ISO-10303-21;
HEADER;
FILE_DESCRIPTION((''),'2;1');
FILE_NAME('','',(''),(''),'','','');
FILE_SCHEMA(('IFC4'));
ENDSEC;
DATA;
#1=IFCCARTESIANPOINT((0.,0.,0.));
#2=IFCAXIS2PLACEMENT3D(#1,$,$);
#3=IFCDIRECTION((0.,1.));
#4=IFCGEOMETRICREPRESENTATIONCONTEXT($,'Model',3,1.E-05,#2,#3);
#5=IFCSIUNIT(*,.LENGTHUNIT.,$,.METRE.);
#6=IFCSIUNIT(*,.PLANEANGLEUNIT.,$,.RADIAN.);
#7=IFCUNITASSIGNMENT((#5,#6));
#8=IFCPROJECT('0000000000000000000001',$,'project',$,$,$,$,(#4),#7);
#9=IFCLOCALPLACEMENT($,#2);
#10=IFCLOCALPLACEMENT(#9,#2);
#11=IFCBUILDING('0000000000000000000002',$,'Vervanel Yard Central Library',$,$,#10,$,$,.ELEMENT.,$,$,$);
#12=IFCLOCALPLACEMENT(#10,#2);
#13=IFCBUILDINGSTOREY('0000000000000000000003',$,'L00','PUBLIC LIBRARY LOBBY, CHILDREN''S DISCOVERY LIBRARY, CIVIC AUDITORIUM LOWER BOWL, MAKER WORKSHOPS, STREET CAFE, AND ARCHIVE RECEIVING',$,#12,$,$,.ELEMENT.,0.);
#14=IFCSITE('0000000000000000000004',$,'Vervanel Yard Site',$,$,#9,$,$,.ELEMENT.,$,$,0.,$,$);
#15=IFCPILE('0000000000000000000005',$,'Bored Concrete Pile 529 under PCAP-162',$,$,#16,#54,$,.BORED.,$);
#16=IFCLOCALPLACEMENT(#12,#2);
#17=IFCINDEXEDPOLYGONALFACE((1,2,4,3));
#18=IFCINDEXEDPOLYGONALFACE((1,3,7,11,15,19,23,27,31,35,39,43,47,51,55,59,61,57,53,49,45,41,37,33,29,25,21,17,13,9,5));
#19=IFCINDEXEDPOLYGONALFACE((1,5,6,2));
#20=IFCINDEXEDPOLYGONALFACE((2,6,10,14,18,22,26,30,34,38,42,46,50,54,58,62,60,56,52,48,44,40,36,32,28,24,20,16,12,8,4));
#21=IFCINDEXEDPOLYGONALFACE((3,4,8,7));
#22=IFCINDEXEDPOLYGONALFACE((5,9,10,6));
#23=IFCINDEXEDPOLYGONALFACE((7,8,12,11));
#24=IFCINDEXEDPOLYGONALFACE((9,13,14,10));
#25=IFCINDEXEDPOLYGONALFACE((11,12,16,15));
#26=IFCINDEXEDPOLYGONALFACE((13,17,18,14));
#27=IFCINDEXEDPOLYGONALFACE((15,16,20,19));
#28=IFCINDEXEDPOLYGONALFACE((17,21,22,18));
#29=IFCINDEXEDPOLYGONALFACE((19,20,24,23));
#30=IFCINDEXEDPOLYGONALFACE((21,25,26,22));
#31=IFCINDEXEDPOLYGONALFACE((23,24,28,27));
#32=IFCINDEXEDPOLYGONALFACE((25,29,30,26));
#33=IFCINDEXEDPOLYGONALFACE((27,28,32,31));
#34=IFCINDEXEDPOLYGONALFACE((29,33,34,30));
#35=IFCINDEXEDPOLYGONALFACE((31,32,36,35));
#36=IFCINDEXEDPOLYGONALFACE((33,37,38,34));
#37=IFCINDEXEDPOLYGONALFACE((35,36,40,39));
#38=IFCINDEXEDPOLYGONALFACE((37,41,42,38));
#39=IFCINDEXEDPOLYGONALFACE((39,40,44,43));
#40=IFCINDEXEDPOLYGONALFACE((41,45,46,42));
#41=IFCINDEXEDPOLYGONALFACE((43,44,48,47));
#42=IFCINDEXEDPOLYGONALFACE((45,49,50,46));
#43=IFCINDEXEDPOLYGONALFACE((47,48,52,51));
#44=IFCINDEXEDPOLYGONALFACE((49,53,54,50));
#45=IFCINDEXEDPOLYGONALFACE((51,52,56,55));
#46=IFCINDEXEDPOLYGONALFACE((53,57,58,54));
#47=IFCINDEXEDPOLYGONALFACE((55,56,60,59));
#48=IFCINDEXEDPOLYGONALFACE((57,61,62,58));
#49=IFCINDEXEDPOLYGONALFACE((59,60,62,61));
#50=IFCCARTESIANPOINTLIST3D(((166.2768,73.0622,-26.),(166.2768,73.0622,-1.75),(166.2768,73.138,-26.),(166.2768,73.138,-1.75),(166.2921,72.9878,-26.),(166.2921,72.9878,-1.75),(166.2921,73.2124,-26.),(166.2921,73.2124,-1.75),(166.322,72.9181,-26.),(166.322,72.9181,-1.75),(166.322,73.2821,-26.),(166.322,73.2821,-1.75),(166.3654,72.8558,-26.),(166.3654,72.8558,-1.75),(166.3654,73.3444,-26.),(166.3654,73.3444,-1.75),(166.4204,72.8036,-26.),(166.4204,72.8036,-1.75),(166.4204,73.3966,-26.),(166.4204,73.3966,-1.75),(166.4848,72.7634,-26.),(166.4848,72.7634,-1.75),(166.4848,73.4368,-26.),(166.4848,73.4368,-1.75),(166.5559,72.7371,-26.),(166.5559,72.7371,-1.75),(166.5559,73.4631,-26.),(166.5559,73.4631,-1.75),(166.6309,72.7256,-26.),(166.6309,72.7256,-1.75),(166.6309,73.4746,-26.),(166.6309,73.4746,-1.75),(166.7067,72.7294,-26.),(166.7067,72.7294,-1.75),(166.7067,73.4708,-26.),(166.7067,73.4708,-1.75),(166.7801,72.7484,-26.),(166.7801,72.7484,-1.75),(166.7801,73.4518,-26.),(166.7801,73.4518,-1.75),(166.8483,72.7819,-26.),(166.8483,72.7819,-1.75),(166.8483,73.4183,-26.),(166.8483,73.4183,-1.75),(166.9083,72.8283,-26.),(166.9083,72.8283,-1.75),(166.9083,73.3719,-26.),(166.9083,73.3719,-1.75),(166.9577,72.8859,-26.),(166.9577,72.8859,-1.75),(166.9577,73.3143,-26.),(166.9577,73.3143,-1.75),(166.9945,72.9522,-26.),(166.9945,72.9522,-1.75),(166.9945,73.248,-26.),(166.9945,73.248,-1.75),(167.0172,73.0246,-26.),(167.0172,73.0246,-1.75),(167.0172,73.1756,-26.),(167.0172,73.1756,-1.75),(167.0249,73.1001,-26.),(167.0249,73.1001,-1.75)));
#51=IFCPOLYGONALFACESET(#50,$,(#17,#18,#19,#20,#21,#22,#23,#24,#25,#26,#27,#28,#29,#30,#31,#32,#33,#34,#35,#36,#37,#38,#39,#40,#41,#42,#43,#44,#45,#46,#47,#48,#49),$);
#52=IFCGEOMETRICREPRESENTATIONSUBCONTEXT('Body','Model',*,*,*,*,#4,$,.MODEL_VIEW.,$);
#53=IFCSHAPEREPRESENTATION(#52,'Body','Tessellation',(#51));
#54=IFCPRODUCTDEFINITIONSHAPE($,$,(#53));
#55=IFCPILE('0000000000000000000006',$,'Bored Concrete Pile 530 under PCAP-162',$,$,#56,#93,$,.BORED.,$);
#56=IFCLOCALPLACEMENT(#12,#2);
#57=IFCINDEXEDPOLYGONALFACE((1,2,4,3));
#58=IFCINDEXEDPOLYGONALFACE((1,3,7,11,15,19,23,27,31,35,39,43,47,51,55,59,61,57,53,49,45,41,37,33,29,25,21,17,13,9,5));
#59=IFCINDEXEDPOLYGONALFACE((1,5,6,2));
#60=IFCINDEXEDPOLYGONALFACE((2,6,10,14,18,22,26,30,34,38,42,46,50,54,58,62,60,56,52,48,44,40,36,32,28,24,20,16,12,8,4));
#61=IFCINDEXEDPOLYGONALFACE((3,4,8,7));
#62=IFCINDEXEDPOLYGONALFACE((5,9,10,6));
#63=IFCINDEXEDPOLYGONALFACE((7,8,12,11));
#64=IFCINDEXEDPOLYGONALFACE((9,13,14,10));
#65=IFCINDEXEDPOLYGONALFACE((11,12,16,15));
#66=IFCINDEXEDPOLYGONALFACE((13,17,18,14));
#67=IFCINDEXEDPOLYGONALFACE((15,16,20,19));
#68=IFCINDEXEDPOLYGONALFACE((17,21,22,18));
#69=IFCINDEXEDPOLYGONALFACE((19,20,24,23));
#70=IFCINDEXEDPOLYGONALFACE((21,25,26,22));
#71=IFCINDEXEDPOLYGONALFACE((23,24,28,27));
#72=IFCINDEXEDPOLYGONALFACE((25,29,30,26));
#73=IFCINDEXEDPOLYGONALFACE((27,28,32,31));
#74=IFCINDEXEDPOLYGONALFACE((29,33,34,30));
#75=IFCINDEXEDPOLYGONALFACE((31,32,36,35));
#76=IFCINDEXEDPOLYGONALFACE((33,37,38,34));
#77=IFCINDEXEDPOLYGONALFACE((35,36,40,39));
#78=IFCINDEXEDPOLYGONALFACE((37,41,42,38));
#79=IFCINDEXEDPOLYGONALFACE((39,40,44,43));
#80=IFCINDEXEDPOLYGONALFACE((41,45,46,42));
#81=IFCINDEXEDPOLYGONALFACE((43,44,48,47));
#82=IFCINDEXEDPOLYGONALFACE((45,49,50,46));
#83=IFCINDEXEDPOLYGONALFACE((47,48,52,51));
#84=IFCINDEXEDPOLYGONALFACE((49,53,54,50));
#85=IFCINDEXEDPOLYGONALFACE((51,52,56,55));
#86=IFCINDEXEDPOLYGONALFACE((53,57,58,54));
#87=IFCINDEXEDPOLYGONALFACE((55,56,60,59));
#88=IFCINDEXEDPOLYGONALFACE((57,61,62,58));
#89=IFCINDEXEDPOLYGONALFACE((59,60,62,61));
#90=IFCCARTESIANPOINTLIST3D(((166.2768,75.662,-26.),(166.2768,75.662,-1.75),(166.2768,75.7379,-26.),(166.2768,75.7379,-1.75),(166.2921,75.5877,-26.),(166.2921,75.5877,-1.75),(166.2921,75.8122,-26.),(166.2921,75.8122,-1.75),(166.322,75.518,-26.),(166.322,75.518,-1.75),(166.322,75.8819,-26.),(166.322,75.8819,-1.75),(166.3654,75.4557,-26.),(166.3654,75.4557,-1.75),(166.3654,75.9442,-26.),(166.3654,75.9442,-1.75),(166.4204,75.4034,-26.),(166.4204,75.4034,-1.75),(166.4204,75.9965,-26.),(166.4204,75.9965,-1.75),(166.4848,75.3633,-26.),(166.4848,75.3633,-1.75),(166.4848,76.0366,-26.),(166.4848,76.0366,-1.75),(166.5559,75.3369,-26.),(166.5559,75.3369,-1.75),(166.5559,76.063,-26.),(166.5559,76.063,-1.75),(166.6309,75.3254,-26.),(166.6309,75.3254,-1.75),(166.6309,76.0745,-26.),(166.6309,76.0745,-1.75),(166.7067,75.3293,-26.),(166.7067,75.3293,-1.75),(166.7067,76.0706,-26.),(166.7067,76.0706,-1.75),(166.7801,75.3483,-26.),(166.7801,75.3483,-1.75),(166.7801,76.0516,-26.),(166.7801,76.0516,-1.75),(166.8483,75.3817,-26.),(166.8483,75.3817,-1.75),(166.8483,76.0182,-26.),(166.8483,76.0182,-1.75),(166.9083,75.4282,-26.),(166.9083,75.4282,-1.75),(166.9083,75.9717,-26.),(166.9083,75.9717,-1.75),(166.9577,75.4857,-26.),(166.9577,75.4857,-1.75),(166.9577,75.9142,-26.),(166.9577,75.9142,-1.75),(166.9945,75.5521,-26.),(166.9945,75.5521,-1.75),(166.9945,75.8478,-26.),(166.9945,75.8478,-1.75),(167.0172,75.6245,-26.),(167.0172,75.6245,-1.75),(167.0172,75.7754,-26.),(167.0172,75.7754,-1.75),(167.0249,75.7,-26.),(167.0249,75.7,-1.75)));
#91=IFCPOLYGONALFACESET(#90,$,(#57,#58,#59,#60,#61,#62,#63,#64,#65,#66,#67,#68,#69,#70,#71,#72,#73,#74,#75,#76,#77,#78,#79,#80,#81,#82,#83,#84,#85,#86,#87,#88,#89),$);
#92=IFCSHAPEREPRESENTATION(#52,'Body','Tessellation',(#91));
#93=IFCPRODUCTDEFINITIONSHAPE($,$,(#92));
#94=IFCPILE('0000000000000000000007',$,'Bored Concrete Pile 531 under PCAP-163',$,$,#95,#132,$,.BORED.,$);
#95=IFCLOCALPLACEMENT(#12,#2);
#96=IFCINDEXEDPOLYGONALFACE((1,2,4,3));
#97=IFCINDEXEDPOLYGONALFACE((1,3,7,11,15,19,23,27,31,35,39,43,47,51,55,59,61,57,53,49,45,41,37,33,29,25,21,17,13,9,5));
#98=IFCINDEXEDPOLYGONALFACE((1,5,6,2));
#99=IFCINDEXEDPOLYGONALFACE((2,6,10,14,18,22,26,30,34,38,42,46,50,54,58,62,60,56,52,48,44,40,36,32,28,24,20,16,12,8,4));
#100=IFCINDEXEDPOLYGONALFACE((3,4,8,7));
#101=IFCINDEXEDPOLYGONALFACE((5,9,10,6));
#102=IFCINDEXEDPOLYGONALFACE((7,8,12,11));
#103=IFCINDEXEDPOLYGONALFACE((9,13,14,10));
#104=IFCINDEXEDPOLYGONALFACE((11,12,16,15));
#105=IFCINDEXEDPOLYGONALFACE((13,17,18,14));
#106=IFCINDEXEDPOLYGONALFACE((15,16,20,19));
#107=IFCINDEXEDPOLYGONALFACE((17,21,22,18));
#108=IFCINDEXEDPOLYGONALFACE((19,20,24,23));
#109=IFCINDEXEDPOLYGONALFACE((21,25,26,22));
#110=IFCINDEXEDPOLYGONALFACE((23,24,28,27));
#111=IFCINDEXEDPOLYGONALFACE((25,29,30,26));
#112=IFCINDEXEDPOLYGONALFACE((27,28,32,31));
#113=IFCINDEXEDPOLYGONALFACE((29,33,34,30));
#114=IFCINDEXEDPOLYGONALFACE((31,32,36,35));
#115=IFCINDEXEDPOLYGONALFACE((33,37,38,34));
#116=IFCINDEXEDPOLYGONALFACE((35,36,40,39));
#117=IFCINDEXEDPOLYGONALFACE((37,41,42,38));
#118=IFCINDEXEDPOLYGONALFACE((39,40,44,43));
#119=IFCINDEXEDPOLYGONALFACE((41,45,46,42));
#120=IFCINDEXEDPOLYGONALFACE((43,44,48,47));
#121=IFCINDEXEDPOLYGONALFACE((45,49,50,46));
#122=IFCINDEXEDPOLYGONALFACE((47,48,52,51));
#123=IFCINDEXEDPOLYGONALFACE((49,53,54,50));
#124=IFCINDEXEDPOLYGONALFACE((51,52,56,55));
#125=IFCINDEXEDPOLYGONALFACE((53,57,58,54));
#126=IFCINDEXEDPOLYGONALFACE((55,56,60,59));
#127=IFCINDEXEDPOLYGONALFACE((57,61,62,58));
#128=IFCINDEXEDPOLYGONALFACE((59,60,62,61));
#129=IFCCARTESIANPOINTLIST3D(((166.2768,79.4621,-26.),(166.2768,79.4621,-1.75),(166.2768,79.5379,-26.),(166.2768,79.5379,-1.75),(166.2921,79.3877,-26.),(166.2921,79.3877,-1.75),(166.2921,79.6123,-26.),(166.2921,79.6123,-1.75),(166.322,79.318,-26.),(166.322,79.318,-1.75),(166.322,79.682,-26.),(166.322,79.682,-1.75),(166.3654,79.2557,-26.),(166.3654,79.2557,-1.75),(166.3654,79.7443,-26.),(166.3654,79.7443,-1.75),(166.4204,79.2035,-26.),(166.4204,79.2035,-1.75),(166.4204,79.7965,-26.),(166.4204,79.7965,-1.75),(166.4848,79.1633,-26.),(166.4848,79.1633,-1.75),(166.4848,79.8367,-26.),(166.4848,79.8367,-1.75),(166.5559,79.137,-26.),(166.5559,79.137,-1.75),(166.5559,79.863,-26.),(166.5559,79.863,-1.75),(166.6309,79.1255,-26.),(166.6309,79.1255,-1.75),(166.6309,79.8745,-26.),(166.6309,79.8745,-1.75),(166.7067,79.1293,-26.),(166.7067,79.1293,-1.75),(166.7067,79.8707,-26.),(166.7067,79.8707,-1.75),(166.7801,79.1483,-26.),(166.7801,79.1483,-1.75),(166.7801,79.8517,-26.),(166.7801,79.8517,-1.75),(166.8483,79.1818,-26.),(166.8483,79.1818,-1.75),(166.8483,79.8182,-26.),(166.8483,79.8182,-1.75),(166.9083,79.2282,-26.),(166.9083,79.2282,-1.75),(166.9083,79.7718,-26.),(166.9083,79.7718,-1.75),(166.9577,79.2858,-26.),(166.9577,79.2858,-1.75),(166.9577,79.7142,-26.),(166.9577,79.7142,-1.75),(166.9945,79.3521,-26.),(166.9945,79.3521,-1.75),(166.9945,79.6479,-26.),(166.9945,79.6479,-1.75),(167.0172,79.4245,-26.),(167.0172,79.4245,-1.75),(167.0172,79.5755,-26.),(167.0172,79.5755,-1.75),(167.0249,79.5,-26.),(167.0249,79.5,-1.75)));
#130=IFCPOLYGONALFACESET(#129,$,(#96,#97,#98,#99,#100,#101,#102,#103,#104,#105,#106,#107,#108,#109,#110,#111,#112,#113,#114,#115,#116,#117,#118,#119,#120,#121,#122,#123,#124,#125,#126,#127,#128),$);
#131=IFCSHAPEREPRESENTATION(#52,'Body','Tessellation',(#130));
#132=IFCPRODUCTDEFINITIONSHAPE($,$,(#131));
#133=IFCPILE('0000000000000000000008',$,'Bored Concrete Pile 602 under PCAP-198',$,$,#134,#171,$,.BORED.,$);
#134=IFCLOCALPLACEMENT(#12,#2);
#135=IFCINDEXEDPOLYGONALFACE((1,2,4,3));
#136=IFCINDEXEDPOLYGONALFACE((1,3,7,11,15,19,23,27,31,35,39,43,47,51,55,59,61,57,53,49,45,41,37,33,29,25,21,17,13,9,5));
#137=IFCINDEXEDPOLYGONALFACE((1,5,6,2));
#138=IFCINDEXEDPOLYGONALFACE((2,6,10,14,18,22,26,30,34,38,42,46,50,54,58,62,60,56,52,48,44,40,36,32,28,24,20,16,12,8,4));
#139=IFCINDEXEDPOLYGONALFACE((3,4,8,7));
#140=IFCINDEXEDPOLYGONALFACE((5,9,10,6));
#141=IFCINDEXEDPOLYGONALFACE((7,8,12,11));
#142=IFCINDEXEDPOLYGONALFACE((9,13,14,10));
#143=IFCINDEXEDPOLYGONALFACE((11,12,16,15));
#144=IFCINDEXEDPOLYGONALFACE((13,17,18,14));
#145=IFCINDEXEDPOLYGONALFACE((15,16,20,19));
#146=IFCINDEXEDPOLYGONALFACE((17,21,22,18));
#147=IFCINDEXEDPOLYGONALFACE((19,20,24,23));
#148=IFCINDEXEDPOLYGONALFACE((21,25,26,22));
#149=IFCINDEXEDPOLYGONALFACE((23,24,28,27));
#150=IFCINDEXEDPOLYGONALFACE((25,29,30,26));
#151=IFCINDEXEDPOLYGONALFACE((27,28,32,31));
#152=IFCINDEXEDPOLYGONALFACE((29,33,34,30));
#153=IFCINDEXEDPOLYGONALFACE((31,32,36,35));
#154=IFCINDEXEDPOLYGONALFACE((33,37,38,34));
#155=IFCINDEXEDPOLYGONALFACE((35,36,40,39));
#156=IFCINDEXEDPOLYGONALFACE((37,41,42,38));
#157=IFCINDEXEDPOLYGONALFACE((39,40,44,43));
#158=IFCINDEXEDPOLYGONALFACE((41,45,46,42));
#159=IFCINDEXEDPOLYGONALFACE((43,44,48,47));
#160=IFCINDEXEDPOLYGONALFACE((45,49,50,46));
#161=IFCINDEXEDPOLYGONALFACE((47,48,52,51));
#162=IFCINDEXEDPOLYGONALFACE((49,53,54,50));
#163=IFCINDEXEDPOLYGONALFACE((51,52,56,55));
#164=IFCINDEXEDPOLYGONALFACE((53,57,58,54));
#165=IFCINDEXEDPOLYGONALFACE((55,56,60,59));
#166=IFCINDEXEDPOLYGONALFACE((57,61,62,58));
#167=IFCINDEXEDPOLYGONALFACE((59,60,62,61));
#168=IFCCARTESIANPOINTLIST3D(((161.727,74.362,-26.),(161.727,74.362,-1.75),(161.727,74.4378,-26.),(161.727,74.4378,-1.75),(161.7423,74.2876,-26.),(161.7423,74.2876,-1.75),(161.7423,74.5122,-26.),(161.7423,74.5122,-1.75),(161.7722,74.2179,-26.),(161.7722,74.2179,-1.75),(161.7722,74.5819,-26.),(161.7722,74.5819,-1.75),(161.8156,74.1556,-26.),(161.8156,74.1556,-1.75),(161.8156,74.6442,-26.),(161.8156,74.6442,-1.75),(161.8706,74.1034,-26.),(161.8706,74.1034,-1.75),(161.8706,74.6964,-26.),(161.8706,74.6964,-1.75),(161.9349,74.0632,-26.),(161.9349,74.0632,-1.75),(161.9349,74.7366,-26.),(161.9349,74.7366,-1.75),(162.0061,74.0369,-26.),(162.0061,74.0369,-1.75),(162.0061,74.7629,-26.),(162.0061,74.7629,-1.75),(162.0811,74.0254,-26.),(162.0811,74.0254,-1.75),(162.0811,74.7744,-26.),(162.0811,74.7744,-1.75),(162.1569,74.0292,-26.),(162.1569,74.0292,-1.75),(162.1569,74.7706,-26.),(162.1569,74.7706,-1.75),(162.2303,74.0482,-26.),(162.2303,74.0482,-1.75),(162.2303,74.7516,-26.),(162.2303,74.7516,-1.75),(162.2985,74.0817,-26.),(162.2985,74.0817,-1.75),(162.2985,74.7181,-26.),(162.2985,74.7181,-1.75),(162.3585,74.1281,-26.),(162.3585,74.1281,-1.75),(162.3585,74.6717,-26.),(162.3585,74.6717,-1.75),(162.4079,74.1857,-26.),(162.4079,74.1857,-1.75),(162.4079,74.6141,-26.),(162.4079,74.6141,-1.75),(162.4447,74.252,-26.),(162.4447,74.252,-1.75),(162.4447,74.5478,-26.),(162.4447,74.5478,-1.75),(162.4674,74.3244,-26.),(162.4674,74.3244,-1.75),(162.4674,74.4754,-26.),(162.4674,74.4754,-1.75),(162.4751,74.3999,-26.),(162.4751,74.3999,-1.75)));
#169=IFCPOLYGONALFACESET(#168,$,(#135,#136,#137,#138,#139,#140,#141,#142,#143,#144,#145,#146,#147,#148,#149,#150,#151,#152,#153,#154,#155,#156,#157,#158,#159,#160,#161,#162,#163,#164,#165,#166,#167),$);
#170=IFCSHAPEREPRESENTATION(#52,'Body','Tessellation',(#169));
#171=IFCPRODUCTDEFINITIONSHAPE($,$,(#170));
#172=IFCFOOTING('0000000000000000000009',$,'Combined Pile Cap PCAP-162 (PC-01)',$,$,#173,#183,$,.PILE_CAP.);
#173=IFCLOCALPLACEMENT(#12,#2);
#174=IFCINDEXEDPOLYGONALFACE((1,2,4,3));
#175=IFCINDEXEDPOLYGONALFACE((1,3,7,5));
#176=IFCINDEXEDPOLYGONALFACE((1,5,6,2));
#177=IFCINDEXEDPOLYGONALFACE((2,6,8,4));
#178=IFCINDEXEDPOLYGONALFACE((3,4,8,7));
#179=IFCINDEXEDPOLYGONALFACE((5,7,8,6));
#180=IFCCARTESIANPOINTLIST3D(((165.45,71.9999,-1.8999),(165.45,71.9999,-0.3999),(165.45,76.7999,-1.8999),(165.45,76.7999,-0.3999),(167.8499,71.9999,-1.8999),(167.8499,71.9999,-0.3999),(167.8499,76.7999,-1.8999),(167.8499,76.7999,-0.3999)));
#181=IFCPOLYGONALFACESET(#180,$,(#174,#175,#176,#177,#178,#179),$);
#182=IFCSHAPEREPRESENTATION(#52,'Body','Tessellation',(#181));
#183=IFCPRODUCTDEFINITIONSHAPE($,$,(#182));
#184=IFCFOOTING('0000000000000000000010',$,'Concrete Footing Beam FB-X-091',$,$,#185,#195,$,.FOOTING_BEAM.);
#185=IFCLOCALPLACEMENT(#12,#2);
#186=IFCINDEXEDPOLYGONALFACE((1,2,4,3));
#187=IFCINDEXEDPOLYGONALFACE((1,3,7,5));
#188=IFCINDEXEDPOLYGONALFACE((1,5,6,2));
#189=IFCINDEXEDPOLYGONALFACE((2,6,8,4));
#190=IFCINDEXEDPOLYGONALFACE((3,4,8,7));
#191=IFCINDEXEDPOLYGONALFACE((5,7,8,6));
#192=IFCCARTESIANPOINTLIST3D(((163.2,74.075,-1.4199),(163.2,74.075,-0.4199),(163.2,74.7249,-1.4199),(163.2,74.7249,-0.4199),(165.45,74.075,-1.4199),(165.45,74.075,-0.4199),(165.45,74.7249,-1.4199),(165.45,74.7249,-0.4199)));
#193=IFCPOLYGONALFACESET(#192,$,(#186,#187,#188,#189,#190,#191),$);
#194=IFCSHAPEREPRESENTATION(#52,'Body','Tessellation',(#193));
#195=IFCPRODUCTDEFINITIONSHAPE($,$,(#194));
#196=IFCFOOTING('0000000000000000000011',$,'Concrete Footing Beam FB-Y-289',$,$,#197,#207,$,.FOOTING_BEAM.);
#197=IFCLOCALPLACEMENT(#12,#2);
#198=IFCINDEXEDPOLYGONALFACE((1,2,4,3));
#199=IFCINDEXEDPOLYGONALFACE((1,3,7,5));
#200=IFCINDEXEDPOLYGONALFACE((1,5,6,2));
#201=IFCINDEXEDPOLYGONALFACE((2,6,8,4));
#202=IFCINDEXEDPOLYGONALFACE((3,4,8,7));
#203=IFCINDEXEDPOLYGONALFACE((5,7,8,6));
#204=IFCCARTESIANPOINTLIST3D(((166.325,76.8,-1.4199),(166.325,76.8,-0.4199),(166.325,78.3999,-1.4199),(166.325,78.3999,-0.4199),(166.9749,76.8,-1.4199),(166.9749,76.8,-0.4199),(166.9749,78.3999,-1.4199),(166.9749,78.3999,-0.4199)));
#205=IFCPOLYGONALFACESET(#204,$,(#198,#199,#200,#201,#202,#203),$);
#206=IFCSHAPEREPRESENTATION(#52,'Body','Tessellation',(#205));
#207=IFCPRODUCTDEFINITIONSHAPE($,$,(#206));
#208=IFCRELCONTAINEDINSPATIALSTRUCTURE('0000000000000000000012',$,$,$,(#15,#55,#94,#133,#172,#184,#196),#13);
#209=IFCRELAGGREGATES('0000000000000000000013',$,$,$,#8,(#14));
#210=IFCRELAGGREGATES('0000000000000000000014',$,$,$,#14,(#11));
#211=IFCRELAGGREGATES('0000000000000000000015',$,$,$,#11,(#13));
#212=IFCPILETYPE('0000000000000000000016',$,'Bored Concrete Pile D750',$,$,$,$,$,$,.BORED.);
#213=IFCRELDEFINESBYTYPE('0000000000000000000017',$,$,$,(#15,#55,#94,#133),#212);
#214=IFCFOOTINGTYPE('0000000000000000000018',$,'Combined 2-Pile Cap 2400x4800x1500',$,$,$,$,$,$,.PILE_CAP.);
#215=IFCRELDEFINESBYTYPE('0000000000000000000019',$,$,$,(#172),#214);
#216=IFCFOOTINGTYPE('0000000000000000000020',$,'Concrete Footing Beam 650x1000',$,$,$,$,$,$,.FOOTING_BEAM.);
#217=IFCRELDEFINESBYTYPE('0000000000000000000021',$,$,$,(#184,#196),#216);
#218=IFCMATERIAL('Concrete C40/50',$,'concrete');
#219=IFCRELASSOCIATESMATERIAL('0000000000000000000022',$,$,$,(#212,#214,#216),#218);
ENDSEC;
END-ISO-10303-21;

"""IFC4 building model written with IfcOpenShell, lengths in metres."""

from ifc_helpers import new_model, si_unit, direction, frame, origin, origin_2d, place, context, subcontext, project, spatial, rectangle, circle, extrude, material, material_profile, profile_set, type_object, element, save


model = new_model("IFC4")

# Units and contexts
model_context = context("Model", 3, precision=1e-05, world=origin(), true_north=direction((0.0, 1.0)))
body_context = subcontext(model_context, "Body", "Model", "MODEL_VIEW")
ifc_project = project(units=[si_unit("LENGTHUNIT", "METRE"), si_unit("PLANEANGLEUNIT", "RADIAN")], contexts=[model_context])

# Site, building, storey
site_placement = place(None, origin())
site = spatial("IfcSite", under=ifc_project, at=site_placement, Name="Vervanel Yard Site", CompositionType="ELEMENT", RefElevation=0.0)
building_placement = place(site_placement, origin())
building = spatial("IfcBuilding", under=site, at=building_placement, Name="Vervanel Yard Central Library", CompositionType="ELEMENT")
storey_placement = place(building_placement, origin())
storey = spatial("IfcBuildingStorey", under=building, at=storey_placement, Name="L00", Description="PUBLIC LIBRARY LOBBY, CHILDREN'S DISCOVERY LIBRARY, CIVIC AUDITORIUM LOWER BOWL, MAKER WORKSHOPS, STREET CAFE, AND ARCHIVE RECEIVING", CompositionType="ELEMENT", Elevation=0.0)

# Piles
ifc_material_1 = material(Name="Concrete C40/50", Category="concrete")
ifc_material_profile_1 = material_profile(ifc_material_1, circle(Radius=0.375, at=origin_2d()), Name="BP D750", Category="concrete")
ifc_profile_set_1 = profile_set([ifc_material_profile_1], Name="Concrete C40/50")
pile_type = type_object("IfcPileType", Name="Bored Concrete Pile D750", PredefinedType="BORED", material=ifc_profile_set_1)
for number, where, z_axis, x_axis, name in (
    (1, (166.6499, 73.1001, -1.75), (0.0, 0.0, -1.0), (1.0, 0.0, 0.0), "Bored Concrete Pile 529 under PCAP-162"),
    (2, (166.6499, 75.7, -1.75), (0.0, 0.0, -1.0), (1.0, 0.0, 0.0), "Bored Concrete Pile 530 under PCAP-162"),
    (3, (166.6499, 79.5, -1.75), (0.0, 0.0, -1.0), (1.0, 0.0, 0.0), "Bored Concrete Pile 531 under PCAP-163"),
    (4, (162.1001, 74.3999, -1.75), (0.0, 0.0, -1.0), (1.0, 0.0, 0.0), "Bored Concrete Pile 602 under PCAP-198"),
):
    element("IfcPile", number, at=place(storey_placement, frame(where, z_axis=z_axis, x_axis=x_axis)), inside=storey, type_object=pile_type, Name=name, PredefinedType="BORED", context=body_context, shape_type="SweptSolid", body=[
        extrude(circle(Radius=0.375, at=origin_2d()), origin(), (0.0, 0.0, 1.0), 24.25),
    ])

# Footings
footing_type_1 = type_object("IfcFootingType", Name="Combined 2-Pile Cap 2400x4800x1500", PredefinedType="PILE_CAP", material=ifc_material_1)
footing_1_placement = place(storey_placement, frame((166.6499, 74.3999, -1.8999), z_axis=(0.0, 0.0, 1.0), x_axis=(1.0, 0.0, 0.0)))
element("IfcFooting", 5, at=footing_1_placement, inside=storey, type_object=footing_type_1, Name="Combined Pile Cap PCAP-162 (PC-01)", PredefinedType="PILE_CAP", context=body_context, shape_type="SweptSolid", body=[
    extrude(rectangle(XDim=2.3999, YDim=4.8, at=origin_2d()), origin(), (0.0, 0.0, 1.0), 1.5),
])
ifc_material_profile_2 = material_profile(ifc_material_1, rectangle(XDim=0.6499, YDim=1.0, at=origin_2d()), Name="RC 650x1000", Category="concrete")
ifc_profile_set_2 = profile_set([ifc_material_profile_2], Name="Concrete C40/50")
footing_type_2 = type_object("IfcFootingType", Name="Concrete Footing Beam 650x1000", PredefinedType="FOOTING_BEAM", material=ifc_profile_set_2)
footing_2_placement = place(storey_placement, frame((163.2, 74.3999, -0.9199), z_axis=(1.0, 0.0, 0.0), x_axis=(0.0, 1.0, 0.0)))
element("IfcFooting", 6, at=footing_2_placement, inside=storey, type_object=footing_type_2, Name="Concrete Footing Beam FB-X-091", PredefinedType="FOOTING_BEAM", context=body_context, shape_type="SweptSolid", body=[
    extrude(rectangle(XDim=0.6499, YDim=1.0, at=origin_2d()), origin(), (0.0, 0.0, 1.0), 2.25),
])
footing_3_placement = place(storey_placement, frame((166.6499, 76.8, -0.9199), z_axis=(0.0, 1.0, 0.0), x_axis=(-1.0, 0.0, 0.0)))
element("IfcFooting", 7, at=footing_3_placement, inside=storey, type_object=footing_type_2, Name="Concrete Footing Beam FB-Y-289", PredefinedType="FOOTING_BEAM", context=body_context, shape_type="SweptSolid", body=[
    extrude(rectangle(XDim=0.6499, YDim=1.0, at=origin_2d()), origin(), (0.0, 0.0, 1.0), 1.5999),
])

save(model, "model.ifc")
